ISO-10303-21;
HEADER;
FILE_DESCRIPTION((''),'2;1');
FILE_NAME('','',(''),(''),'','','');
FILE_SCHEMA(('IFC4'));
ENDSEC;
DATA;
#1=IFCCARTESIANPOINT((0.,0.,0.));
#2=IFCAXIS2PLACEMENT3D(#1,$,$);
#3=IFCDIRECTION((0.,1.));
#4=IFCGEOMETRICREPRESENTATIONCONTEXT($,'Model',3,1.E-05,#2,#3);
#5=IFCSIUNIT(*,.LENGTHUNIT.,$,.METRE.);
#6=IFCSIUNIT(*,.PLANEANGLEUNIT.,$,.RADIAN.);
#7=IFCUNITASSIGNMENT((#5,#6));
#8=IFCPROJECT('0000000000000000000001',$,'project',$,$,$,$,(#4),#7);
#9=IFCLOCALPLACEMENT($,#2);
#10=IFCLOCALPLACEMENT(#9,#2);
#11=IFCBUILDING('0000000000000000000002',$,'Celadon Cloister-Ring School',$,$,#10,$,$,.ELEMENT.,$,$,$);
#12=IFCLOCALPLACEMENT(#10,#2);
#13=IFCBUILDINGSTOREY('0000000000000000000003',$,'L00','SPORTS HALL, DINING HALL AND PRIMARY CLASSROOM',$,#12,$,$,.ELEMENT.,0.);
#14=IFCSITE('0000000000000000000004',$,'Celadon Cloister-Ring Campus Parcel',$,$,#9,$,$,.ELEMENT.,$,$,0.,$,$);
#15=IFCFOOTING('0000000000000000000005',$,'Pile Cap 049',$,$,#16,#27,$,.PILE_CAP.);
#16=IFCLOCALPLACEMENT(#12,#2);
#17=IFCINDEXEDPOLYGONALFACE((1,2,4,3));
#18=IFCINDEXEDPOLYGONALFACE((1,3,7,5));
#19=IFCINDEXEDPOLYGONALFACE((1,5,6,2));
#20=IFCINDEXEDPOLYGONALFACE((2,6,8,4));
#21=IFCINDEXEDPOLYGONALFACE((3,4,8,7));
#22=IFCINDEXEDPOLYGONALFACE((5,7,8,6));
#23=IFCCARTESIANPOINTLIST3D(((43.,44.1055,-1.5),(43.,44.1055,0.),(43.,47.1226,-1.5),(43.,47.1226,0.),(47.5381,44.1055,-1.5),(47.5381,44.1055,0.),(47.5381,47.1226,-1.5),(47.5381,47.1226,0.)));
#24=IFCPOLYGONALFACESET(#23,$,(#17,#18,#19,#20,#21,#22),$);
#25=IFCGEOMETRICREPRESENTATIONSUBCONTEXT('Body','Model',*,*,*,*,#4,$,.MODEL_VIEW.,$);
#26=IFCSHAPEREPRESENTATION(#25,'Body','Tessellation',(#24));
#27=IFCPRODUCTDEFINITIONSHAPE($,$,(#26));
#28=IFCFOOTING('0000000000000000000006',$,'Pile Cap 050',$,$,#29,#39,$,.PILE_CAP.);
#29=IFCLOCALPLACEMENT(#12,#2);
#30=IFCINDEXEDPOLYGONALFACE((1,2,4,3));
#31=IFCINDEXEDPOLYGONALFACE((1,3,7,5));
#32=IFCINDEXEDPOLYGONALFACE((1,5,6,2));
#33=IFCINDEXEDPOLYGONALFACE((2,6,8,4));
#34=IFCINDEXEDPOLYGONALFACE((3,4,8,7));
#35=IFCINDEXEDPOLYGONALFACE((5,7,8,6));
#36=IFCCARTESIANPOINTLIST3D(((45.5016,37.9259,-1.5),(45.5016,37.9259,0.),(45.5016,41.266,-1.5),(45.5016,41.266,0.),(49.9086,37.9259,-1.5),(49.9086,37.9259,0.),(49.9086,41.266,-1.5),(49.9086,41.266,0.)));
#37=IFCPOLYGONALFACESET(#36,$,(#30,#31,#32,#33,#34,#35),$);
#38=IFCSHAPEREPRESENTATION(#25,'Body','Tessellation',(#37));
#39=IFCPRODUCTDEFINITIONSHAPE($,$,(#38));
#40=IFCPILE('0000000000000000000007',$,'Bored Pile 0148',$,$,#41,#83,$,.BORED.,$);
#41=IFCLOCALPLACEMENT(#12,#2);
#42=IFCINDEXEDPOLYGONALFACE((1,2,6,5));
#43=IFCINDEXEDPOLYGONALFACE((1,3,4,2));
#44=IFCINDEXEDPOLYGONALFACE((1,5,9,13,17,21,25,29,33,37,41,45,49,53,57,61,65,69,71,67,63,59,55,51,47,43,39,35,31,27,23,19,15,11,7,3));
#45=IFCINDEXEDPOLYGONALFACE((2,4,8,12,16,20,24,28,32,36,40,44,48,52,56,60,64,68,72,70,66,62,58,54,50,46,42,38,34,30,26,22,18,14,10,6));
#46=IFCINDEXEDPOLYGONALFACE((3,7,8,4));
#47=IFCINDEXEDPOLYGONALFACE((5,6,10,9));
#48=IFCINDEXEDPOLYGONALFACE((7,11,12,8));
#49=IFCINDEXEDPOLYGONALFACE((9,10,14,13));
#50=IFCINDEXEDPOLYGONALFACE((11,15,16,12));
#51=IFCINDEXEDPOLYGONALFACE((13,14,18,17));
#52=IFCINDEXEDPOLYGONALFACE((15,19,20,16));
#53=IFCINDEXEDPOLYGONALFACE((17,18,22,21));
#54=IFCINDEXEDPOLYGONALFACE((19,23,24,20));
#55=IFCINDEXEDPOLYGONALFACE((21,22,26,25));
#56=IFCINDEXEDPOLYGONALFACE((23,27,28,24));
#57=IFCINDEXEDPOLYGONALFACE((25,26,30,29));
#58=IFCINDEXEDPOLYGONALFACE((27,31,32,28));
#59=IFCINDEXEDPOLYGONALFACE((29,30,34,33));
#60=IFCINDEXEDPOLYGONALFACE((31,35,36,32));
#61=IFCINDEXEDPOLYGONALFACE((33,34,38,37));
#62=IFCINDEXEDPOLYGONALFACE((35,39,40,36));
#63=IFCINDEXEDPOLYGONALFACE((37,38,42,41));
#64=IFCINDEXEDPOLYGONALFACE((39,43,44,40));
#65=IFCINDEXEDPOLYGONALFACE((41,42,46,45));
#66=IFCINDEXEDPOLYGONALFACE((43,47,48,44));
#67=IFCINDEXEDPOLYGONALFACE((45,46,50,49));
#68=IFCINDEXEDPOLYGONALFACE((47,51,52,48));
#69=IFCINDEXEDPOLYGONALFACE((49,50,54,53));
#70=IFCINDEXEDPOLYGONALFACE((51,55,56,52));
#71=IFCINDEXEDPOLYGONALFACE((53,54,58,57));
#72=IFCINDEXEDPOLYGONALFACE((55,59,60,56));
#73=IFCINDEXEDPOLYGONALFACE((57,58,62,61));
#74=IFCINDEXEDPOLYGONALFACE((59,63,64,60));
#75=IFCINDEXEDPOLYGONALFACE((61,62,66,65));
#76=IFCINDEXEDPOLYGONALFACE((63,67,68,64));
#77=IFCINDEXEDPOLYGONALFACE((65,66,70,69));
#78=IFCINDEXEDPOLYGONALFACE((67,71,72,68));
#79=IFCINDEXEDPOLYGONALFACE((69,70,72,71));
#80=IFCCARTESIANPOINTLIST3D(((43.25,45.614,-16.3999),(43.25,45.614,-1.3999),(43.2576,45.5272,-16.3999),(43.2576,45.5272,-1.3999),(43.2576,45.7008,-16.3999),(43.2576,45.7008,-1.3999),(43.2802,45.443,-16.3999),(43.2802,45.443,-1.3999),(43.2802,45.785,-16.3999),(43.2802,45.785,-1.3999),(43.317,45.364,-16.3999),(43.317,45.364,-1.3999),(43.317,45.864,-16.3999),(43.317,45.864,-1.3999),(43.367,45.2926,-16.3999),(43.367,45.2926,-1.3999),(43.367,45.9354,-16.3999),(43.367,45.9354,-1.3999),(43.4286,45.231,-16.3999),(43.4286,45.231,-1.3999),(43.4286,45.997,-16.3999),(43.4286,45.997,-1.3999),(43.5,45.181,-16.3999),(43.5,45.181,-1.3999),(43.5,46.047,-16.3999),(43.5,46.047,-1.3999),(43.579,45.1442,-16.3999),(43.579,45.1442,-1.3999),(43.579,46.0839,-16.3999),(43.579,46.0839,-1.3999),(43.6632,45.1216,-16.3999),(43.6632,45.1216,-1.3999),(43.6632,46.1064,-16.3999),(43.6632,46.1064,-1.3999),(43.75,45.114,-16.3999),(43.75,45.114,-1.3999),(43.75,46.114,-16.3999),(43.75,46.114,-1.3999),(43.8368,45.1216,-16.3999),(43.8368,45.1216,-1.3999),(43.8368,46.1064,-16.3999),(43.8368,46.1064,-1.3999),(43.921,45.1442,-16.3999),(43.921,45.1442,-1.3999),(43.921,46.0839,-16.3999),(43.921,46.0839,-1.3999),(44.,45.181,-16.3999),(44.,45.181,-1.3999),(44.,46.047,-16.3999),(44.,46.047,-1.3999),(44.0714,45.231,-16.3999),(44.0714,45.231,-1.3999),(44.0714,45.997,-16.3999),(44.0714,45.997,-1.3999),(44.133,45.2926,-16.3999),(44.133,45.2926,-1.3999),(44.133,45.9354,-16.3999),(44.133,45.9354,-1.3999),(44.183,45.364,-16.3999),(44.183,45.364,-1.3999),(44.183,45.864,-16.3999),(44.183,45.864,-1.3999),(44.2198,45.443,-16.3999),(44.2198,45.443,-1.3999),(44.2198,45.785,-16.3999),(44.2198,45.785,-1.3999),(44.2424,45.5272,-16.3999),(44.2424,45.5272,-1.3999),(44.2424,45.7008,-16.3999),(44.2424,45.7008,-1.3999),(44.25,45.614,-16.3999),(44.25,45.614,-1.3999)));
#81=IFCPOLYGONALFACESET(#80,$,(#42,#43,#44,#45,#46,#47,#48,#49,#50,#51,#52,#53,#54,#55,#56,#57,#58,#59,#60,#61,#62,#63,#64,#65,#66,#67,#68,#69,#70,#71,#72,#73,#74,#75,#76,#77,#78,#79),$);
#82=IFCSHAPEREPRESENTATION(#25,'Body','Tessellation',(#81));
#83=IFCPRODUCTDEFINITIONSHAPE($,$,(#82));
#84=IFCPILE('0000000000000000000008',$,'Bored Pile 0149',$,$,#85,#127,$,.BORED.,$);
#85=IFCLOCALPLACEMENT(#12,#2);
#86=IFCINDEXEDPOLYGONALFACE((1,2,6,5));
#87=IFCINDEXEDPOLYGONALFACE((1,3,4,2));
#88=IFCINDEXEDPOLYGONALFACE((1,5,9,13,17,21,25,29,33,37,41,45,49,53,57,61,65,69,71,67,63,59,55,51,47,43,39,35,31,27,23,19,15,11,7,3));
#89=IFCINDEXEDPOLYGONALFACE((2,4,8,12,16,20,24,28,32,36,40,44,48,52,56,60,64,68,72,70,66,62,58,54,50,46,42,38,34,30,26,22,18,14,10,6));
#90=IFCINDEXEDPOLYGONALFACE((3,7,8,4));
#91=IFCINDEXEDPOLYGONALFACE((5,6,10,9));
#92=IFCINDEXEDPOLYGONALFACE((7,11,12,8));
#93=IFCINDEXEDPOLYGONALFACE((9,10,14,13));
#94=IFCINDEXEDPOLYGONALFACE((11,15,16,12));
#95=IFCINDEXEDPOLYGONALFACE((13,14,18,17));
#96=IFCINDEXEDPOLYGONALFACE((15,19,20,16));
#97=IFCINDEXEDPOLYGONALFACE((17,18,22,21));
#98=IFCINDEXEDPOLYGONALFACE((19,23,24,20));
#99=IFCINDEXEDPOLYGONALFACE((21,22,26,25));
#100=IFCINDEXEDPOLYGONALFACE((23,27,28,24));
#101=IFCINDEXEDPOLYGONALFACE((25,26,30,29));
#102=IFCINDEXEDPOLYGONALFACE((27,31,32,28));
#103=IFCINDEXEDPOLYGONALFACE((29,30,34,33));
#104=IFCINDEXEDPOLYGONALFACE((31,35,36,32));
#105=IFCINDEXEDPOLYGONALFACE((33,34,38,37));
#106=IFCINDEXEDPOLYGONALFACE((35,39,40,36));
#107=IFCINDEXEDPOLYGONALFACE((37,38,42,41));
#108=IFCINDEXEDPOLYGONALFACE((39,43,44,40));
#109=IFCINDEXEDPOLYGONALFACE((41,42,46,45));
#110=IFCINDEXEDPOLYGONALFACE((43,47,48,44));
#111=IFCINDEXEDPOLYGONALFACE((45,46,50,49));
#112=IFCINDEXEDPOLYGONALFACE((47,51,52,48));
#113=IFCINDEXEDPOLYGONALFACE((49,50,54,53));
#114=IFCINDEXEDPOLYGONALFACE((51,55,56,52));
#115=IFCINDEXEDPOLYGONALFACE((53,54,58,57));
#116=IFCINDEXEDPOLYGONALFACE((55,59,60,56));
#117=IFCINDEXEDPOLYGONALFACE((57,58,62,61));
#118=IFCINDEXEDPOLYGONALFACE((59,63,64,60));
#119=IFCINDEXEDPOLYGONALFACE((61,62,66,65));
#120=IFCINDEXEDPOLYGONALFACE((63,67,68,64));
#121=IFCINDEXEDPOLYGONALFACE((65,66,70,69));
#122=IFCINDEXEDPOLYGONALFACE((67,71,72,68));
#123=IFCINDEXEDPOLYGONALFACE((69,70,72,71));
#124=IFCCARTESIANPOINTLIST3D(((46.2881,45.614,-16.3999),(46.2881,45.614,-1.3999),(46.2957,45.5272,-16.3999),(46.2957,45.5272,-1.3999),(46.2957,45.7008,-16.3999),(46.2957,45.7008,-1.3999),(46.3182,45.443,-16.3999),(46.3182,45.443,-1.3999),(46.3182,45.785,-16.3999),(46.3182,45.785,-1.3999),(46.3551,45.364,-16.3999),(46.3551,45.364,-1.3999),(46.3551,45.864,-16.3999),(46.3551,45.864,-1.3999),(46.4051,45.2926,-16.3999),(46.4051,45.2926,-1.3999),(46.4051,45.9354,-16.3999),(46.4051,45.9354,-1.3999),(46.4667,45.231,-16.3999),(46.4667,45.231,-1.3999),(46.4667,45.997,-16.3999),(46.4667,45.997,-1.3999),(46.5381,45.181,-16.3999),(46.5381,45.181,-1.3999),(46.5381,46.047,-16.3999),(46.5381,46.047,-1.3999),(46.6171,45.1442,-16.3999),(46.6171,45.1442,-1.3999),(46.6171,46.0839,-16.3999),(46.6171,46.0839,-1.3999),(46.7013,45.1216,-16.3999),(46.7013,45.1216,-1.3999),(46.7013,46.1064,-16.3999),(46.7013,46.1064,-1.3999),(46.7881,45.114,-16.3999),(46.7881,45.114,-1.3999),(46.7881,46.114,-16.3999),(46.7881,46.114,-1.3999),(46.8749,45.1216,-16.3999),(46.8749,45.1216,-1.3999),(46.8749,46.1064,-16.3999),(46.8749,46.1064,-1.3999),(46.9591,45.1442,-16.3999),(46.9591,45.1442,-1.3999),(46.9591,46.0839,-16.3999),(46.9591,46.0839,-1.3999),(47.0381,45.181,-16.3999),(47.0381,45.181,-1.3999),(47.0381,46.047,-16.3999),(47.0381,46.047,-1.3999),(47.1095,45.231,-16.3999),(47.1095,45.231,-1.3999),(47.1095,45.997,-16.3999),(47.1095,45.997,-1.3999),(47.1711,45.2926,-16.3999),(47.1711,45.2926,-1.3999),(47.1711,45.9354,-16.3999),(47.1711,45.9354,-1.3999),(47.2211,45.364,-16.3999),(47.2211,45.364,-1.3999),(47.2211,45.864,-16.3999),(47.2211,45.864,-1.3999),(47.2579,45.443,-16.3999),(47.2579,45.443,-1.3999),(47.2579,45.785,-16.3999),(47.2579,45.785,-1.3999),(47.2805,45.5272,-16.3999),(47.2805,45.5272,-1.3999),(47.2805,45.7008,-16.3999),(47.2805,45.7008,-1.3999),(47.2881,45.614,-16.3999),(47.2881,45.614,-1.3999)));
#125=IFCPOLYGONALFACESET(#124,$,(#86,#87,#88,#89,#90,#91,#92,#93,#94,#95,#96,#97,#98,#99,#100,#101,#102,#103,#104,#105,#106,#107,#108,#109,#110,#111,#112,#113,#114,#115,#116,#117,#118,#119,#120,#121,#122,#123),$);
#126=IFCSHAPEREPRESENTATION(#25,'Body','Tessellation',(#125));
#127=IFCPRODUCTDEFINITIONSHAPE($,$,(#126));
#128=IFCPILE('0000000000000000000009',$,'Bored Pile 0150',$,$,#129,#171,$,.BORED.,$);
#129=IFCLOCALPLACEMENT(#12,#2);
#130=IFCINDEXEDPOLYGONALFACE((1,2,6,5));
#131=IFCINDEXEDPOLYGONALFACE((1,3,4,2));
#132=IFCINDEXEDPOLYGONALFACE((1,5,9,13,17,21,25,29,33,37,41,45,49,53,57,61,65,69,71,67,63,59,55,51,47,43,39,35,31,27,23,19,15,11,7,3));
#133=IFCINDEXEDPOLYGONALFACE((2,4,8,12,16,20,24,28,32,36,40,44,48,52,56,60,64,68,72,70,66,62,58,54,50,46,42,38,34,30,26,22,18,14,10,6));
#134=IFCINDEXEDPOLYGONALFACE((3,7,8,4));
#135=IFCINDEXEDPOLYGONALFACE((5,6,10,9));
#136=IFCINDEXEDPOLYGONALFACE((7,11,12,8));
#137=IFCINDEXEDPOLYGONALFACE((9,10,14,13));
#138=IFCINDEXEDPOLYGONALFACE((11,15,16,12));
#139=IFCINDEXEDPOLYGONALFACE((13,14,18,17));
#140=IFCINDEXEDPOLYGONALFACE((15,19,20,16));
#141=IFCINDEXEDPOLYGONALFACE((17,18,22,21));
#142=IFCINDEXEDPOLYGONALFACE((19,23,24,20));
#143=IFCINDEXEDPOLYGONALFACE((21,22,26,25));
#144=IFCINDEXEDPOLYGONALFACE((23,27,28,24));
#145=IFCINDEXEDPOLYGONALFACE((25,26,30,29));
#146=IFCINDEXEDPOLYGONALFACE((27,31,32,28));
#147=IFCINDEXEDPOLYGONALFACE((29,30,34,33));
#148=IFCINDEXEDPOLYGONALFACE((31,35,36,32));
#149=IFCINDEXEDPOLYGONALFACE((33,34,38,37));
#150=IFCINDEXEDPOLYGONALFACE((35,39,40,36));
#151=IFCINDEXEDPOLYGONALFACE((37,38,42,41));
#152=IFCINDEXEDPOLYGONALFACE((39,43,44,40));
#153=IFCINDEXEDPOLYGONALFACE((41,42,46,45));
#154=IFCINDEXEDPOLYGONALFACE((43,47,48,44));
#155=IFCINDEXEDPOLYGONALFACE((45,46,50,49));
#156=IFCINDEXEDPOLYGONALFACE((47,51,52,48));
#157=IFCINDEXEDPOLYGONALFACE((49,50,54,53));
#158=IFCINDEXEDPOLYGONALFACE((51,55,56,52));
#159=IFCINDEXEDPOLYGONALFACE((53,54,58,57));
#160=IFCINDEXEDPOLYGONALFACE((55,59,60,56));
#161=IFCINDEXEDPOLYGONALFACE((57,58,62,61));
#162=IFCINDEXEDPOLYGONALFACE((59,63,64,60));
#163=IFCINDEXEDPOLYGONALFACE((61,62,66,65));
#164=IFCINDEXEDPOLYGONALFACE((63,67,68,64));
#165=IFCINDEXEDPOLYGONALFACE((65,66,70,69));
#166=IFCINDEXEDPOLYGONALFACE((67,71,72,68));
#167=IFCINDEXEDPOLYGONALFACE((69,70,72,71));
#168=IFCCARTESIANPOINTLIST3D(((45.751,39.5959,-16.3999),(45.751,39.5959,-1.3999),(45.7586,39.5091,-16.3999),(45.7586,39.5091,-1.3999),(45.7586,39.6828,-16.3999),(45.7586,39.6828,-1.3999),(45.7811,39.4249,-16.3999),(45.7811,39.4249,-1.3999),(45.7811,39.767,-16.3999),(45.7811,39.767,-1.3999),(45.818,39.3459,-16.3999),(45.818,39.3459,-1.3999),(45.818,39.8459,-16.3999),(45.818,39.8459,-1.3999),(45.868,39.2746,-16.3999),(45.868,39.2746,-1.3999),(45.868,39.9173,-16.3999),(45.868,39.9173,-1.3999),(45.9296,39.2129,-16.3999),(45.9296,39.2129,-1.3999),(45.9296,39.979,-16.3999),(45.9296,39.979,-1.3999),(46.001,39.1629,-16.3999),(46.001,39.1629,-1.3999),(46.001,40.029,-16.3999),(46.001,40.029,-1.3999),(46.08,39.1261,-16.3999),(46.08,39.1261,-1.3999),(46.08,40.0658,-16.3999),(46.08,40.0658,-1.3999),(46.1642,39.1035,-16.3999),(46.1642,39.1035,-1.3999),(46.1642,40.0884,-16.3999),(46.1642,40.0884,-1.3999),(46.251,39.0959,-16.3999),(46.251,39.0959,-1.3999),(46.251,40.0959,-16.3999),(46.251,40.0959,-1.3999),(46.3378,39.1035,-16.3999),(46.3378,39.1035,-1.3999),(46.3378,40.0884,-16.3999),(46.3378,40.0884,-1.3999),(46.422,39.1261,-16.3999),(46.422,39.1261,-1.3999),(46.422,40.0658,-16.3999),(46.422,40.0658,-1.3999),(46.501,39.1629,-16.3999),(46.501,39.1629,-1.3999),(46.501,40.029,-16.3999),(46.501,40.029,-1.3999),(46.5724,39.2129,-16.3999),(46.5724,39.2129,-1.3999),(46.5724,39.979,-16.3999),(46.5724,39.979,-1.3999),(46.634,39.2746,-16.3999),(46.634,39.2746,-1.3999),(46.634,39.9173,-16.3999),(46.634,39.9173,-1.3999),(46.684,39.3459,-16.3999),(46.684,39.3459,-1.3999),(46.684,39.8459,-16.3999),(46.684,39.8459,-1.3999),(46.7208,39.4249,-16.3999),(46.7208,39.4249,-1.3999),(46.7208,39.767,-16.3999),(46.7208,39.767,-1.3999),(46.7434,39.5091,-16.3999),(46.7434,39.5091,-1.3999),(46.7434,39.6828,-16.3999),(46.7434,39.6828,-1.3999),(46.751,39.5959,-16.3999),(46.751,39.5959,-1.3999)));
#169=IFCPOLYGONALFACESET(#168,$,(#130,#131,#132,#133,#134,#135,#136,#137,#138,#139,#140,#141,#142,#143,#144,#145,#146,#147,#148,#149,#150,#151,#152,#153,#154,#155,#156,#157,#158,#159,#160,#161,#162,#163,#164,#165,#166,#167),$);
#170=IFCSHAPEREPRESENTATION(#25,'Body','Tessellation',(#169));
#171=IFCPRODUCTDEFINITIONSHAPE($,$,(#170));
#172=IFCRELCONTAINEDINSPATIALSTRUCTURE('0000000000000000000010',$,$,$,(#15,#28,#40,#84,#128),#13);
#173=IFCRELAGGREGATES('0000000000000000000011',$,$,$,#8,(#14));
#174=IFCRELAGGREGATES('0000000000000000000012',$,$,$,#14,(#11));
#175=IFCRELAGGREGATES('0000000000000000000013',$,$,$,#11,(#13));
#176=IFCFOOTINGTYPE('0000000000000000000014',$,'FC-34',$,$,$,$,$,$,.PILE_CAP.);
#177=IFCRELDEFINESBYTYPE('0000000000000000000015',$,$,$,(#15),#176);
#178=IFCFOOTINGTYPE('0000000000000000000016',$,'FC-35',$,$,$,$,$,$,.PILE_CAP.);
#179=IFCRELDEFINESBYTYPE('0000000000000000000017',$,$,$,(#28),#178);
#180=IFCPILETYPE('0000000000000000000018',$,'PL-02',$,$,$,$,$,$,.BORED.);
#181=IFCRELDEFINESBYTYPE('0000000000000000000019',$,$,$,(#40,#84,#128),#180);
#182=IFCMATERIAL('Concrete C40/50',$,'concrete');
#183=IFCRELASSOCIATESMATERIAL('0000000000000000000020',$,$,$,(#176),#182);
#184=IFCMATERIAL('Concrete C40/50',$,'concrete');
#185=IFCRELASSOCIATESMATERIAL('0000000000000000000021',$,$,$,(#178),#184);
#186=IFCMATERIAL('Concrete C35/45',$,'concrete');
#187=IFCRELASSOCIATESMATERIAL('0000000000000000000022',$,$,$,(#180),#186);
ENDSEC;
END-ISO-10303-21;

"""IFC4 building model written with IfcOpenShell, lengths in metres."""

from ifc_helpers import new_model, si_unit, direction, frame, origin, origin_2d, place, context, subcontext, project, spatial, rectangle, circle, extrude, material, material_profile, profile_set, type_object, element, save


model = new_model("IFC4")

# Units and contexts
model_context = context("Model", 3, precision=1e-05, world=origin(), true_north=direction((0.0, 1.0)))
body_context = subcontext(model_context, "Body", "Model", "MODEL_VIEW")
ifc_project = project(units=[si_unit("LENGTHUNIT", "METRE"), si_unit("PLANEANGLEUNIT", "RADIAN")], contexts=[model_context])

# Site, building, storey
site_placement = place(None, origin())
site = spatial("IfcSite", under=ifc_project, at=site_placement, Name="Celadon Cloister-Ring Campus Parcel", CompositionType="ELEMENT", RefElevation=0.0)
building_placement = place(site_placement, origin())
building = spatial("IfcBuilding", under=site, at=building_placement, Name="Celadon Cloister-Ring School", CompositionType="ELEMENT")
storey_placement = place(building_placement, origin())
storey = spatial("IfcBuildingStorey", under=building, at=storey_placement, Name="L00", Description="SPORTS HALL, DINING HALL AND PRIMARY CLASSROOM", CompositionType="ELEMENT", Elevation=0.0)

# Footings
ifc_material_1 = material(Name="Concrete C40/50", Category="concrete")
footing_type_1 = type_object("IfcFootingType", Name="FC-34", PredefinedType="PILE_CAP", material=ifc_material_1)
footing_1_placement = place(storey_placement, frame((45.269, 45.614, -1.5), z_axis=(0.0, 0.0, 1.0), x_axis=(1.0, 0.0, 0.0)))
element("IfcFooting", 1, at=footing_1_placement, inside=storey, type_object=footing_type_1, Name="Pile Cap 049", PredefinedType="PILE_CAP", context=body_context, shape_type="SweptSolid", body=[
    extrude(rectangle(XDim=4.5381, YDim=3.0171, at=origin_2d()), origin(), (0.0, 0.0, 1.0), 1.5),
])
ifc_material_2 = material(Name="Concrete C40/50", Category="concrete")
footing_type_2 = type_object("IfcFootingType", Name="FC-35", PredefinedType="PILE_CAP", material=ifc_material_2)
footing_2_placement = place(storey_placement, frame((47.7051, 39.5959, -1.5), z_axis=(0.0, 0.0, 1.0), x_axis=(1.0, 0.0, 0.0)))
element("IfcFooting", 2, at=footing_2_placement, inside=storey, type_object=footing_type_2, Name="Pile Cap 050", PredefinedType="PILE_CAP", context=body_context, shape_type="SweptSolid", body=[
    extrude(rectangle(XDim=4.407, YDim=3.3401, at=origin_2d()), origin(), (0.0, 0.0, 1.0), 1.5),
])

# Piles
ifc_material_3 = material(Name="Concrete C35/45", Category="concrete")
ifc_material_profile_1 = material_profile(ifc_material_3, circle(Radius=0.5, at=origin_2d()), Name="PILE1000")
ifc_profile_set_1 = profile_set([ifc_material_profile_1], Name="Concrete C35/45")
pile_type = type_object("IfcPileType", Name="PL-02", PredefinedType="BORED", material=ifc_profile_set_1)
for number, where, z_axis, x_axis, name in (
    (3, (43.75, 45.614, -1.3999), (0.0, 0.0, -1.0), (1.0, 0.0, 0.0), "Bored Pile 0148"),
    (4, (46.7881, 45.614, -1.3999), (0.0, 0.0, -1.0), (1.0, 0.0, 0.0), "Bored Pile 0149"),
    (5, (46.251, 39.5959, -1.3999), (0.0, 0.0, -1.0), (1.0, 0.0, 0.0), "Bored Pile 0150"),
):
    element("IfcPile", number, at=place(storey_placement, frame(where, z_axis=z_axis, x_axis=x_axis)), inside=storey, type_object=pile_type, Name=name, PredefinedType="BORED", context=body_context, shape_type="SweptSolid", body=[
        extrude(circle(Radius=0.5, at=origin_2d()), origin(), (0.0, 0.0, 1.0), 15.0),
    ])

save(model, "model.ifc")
